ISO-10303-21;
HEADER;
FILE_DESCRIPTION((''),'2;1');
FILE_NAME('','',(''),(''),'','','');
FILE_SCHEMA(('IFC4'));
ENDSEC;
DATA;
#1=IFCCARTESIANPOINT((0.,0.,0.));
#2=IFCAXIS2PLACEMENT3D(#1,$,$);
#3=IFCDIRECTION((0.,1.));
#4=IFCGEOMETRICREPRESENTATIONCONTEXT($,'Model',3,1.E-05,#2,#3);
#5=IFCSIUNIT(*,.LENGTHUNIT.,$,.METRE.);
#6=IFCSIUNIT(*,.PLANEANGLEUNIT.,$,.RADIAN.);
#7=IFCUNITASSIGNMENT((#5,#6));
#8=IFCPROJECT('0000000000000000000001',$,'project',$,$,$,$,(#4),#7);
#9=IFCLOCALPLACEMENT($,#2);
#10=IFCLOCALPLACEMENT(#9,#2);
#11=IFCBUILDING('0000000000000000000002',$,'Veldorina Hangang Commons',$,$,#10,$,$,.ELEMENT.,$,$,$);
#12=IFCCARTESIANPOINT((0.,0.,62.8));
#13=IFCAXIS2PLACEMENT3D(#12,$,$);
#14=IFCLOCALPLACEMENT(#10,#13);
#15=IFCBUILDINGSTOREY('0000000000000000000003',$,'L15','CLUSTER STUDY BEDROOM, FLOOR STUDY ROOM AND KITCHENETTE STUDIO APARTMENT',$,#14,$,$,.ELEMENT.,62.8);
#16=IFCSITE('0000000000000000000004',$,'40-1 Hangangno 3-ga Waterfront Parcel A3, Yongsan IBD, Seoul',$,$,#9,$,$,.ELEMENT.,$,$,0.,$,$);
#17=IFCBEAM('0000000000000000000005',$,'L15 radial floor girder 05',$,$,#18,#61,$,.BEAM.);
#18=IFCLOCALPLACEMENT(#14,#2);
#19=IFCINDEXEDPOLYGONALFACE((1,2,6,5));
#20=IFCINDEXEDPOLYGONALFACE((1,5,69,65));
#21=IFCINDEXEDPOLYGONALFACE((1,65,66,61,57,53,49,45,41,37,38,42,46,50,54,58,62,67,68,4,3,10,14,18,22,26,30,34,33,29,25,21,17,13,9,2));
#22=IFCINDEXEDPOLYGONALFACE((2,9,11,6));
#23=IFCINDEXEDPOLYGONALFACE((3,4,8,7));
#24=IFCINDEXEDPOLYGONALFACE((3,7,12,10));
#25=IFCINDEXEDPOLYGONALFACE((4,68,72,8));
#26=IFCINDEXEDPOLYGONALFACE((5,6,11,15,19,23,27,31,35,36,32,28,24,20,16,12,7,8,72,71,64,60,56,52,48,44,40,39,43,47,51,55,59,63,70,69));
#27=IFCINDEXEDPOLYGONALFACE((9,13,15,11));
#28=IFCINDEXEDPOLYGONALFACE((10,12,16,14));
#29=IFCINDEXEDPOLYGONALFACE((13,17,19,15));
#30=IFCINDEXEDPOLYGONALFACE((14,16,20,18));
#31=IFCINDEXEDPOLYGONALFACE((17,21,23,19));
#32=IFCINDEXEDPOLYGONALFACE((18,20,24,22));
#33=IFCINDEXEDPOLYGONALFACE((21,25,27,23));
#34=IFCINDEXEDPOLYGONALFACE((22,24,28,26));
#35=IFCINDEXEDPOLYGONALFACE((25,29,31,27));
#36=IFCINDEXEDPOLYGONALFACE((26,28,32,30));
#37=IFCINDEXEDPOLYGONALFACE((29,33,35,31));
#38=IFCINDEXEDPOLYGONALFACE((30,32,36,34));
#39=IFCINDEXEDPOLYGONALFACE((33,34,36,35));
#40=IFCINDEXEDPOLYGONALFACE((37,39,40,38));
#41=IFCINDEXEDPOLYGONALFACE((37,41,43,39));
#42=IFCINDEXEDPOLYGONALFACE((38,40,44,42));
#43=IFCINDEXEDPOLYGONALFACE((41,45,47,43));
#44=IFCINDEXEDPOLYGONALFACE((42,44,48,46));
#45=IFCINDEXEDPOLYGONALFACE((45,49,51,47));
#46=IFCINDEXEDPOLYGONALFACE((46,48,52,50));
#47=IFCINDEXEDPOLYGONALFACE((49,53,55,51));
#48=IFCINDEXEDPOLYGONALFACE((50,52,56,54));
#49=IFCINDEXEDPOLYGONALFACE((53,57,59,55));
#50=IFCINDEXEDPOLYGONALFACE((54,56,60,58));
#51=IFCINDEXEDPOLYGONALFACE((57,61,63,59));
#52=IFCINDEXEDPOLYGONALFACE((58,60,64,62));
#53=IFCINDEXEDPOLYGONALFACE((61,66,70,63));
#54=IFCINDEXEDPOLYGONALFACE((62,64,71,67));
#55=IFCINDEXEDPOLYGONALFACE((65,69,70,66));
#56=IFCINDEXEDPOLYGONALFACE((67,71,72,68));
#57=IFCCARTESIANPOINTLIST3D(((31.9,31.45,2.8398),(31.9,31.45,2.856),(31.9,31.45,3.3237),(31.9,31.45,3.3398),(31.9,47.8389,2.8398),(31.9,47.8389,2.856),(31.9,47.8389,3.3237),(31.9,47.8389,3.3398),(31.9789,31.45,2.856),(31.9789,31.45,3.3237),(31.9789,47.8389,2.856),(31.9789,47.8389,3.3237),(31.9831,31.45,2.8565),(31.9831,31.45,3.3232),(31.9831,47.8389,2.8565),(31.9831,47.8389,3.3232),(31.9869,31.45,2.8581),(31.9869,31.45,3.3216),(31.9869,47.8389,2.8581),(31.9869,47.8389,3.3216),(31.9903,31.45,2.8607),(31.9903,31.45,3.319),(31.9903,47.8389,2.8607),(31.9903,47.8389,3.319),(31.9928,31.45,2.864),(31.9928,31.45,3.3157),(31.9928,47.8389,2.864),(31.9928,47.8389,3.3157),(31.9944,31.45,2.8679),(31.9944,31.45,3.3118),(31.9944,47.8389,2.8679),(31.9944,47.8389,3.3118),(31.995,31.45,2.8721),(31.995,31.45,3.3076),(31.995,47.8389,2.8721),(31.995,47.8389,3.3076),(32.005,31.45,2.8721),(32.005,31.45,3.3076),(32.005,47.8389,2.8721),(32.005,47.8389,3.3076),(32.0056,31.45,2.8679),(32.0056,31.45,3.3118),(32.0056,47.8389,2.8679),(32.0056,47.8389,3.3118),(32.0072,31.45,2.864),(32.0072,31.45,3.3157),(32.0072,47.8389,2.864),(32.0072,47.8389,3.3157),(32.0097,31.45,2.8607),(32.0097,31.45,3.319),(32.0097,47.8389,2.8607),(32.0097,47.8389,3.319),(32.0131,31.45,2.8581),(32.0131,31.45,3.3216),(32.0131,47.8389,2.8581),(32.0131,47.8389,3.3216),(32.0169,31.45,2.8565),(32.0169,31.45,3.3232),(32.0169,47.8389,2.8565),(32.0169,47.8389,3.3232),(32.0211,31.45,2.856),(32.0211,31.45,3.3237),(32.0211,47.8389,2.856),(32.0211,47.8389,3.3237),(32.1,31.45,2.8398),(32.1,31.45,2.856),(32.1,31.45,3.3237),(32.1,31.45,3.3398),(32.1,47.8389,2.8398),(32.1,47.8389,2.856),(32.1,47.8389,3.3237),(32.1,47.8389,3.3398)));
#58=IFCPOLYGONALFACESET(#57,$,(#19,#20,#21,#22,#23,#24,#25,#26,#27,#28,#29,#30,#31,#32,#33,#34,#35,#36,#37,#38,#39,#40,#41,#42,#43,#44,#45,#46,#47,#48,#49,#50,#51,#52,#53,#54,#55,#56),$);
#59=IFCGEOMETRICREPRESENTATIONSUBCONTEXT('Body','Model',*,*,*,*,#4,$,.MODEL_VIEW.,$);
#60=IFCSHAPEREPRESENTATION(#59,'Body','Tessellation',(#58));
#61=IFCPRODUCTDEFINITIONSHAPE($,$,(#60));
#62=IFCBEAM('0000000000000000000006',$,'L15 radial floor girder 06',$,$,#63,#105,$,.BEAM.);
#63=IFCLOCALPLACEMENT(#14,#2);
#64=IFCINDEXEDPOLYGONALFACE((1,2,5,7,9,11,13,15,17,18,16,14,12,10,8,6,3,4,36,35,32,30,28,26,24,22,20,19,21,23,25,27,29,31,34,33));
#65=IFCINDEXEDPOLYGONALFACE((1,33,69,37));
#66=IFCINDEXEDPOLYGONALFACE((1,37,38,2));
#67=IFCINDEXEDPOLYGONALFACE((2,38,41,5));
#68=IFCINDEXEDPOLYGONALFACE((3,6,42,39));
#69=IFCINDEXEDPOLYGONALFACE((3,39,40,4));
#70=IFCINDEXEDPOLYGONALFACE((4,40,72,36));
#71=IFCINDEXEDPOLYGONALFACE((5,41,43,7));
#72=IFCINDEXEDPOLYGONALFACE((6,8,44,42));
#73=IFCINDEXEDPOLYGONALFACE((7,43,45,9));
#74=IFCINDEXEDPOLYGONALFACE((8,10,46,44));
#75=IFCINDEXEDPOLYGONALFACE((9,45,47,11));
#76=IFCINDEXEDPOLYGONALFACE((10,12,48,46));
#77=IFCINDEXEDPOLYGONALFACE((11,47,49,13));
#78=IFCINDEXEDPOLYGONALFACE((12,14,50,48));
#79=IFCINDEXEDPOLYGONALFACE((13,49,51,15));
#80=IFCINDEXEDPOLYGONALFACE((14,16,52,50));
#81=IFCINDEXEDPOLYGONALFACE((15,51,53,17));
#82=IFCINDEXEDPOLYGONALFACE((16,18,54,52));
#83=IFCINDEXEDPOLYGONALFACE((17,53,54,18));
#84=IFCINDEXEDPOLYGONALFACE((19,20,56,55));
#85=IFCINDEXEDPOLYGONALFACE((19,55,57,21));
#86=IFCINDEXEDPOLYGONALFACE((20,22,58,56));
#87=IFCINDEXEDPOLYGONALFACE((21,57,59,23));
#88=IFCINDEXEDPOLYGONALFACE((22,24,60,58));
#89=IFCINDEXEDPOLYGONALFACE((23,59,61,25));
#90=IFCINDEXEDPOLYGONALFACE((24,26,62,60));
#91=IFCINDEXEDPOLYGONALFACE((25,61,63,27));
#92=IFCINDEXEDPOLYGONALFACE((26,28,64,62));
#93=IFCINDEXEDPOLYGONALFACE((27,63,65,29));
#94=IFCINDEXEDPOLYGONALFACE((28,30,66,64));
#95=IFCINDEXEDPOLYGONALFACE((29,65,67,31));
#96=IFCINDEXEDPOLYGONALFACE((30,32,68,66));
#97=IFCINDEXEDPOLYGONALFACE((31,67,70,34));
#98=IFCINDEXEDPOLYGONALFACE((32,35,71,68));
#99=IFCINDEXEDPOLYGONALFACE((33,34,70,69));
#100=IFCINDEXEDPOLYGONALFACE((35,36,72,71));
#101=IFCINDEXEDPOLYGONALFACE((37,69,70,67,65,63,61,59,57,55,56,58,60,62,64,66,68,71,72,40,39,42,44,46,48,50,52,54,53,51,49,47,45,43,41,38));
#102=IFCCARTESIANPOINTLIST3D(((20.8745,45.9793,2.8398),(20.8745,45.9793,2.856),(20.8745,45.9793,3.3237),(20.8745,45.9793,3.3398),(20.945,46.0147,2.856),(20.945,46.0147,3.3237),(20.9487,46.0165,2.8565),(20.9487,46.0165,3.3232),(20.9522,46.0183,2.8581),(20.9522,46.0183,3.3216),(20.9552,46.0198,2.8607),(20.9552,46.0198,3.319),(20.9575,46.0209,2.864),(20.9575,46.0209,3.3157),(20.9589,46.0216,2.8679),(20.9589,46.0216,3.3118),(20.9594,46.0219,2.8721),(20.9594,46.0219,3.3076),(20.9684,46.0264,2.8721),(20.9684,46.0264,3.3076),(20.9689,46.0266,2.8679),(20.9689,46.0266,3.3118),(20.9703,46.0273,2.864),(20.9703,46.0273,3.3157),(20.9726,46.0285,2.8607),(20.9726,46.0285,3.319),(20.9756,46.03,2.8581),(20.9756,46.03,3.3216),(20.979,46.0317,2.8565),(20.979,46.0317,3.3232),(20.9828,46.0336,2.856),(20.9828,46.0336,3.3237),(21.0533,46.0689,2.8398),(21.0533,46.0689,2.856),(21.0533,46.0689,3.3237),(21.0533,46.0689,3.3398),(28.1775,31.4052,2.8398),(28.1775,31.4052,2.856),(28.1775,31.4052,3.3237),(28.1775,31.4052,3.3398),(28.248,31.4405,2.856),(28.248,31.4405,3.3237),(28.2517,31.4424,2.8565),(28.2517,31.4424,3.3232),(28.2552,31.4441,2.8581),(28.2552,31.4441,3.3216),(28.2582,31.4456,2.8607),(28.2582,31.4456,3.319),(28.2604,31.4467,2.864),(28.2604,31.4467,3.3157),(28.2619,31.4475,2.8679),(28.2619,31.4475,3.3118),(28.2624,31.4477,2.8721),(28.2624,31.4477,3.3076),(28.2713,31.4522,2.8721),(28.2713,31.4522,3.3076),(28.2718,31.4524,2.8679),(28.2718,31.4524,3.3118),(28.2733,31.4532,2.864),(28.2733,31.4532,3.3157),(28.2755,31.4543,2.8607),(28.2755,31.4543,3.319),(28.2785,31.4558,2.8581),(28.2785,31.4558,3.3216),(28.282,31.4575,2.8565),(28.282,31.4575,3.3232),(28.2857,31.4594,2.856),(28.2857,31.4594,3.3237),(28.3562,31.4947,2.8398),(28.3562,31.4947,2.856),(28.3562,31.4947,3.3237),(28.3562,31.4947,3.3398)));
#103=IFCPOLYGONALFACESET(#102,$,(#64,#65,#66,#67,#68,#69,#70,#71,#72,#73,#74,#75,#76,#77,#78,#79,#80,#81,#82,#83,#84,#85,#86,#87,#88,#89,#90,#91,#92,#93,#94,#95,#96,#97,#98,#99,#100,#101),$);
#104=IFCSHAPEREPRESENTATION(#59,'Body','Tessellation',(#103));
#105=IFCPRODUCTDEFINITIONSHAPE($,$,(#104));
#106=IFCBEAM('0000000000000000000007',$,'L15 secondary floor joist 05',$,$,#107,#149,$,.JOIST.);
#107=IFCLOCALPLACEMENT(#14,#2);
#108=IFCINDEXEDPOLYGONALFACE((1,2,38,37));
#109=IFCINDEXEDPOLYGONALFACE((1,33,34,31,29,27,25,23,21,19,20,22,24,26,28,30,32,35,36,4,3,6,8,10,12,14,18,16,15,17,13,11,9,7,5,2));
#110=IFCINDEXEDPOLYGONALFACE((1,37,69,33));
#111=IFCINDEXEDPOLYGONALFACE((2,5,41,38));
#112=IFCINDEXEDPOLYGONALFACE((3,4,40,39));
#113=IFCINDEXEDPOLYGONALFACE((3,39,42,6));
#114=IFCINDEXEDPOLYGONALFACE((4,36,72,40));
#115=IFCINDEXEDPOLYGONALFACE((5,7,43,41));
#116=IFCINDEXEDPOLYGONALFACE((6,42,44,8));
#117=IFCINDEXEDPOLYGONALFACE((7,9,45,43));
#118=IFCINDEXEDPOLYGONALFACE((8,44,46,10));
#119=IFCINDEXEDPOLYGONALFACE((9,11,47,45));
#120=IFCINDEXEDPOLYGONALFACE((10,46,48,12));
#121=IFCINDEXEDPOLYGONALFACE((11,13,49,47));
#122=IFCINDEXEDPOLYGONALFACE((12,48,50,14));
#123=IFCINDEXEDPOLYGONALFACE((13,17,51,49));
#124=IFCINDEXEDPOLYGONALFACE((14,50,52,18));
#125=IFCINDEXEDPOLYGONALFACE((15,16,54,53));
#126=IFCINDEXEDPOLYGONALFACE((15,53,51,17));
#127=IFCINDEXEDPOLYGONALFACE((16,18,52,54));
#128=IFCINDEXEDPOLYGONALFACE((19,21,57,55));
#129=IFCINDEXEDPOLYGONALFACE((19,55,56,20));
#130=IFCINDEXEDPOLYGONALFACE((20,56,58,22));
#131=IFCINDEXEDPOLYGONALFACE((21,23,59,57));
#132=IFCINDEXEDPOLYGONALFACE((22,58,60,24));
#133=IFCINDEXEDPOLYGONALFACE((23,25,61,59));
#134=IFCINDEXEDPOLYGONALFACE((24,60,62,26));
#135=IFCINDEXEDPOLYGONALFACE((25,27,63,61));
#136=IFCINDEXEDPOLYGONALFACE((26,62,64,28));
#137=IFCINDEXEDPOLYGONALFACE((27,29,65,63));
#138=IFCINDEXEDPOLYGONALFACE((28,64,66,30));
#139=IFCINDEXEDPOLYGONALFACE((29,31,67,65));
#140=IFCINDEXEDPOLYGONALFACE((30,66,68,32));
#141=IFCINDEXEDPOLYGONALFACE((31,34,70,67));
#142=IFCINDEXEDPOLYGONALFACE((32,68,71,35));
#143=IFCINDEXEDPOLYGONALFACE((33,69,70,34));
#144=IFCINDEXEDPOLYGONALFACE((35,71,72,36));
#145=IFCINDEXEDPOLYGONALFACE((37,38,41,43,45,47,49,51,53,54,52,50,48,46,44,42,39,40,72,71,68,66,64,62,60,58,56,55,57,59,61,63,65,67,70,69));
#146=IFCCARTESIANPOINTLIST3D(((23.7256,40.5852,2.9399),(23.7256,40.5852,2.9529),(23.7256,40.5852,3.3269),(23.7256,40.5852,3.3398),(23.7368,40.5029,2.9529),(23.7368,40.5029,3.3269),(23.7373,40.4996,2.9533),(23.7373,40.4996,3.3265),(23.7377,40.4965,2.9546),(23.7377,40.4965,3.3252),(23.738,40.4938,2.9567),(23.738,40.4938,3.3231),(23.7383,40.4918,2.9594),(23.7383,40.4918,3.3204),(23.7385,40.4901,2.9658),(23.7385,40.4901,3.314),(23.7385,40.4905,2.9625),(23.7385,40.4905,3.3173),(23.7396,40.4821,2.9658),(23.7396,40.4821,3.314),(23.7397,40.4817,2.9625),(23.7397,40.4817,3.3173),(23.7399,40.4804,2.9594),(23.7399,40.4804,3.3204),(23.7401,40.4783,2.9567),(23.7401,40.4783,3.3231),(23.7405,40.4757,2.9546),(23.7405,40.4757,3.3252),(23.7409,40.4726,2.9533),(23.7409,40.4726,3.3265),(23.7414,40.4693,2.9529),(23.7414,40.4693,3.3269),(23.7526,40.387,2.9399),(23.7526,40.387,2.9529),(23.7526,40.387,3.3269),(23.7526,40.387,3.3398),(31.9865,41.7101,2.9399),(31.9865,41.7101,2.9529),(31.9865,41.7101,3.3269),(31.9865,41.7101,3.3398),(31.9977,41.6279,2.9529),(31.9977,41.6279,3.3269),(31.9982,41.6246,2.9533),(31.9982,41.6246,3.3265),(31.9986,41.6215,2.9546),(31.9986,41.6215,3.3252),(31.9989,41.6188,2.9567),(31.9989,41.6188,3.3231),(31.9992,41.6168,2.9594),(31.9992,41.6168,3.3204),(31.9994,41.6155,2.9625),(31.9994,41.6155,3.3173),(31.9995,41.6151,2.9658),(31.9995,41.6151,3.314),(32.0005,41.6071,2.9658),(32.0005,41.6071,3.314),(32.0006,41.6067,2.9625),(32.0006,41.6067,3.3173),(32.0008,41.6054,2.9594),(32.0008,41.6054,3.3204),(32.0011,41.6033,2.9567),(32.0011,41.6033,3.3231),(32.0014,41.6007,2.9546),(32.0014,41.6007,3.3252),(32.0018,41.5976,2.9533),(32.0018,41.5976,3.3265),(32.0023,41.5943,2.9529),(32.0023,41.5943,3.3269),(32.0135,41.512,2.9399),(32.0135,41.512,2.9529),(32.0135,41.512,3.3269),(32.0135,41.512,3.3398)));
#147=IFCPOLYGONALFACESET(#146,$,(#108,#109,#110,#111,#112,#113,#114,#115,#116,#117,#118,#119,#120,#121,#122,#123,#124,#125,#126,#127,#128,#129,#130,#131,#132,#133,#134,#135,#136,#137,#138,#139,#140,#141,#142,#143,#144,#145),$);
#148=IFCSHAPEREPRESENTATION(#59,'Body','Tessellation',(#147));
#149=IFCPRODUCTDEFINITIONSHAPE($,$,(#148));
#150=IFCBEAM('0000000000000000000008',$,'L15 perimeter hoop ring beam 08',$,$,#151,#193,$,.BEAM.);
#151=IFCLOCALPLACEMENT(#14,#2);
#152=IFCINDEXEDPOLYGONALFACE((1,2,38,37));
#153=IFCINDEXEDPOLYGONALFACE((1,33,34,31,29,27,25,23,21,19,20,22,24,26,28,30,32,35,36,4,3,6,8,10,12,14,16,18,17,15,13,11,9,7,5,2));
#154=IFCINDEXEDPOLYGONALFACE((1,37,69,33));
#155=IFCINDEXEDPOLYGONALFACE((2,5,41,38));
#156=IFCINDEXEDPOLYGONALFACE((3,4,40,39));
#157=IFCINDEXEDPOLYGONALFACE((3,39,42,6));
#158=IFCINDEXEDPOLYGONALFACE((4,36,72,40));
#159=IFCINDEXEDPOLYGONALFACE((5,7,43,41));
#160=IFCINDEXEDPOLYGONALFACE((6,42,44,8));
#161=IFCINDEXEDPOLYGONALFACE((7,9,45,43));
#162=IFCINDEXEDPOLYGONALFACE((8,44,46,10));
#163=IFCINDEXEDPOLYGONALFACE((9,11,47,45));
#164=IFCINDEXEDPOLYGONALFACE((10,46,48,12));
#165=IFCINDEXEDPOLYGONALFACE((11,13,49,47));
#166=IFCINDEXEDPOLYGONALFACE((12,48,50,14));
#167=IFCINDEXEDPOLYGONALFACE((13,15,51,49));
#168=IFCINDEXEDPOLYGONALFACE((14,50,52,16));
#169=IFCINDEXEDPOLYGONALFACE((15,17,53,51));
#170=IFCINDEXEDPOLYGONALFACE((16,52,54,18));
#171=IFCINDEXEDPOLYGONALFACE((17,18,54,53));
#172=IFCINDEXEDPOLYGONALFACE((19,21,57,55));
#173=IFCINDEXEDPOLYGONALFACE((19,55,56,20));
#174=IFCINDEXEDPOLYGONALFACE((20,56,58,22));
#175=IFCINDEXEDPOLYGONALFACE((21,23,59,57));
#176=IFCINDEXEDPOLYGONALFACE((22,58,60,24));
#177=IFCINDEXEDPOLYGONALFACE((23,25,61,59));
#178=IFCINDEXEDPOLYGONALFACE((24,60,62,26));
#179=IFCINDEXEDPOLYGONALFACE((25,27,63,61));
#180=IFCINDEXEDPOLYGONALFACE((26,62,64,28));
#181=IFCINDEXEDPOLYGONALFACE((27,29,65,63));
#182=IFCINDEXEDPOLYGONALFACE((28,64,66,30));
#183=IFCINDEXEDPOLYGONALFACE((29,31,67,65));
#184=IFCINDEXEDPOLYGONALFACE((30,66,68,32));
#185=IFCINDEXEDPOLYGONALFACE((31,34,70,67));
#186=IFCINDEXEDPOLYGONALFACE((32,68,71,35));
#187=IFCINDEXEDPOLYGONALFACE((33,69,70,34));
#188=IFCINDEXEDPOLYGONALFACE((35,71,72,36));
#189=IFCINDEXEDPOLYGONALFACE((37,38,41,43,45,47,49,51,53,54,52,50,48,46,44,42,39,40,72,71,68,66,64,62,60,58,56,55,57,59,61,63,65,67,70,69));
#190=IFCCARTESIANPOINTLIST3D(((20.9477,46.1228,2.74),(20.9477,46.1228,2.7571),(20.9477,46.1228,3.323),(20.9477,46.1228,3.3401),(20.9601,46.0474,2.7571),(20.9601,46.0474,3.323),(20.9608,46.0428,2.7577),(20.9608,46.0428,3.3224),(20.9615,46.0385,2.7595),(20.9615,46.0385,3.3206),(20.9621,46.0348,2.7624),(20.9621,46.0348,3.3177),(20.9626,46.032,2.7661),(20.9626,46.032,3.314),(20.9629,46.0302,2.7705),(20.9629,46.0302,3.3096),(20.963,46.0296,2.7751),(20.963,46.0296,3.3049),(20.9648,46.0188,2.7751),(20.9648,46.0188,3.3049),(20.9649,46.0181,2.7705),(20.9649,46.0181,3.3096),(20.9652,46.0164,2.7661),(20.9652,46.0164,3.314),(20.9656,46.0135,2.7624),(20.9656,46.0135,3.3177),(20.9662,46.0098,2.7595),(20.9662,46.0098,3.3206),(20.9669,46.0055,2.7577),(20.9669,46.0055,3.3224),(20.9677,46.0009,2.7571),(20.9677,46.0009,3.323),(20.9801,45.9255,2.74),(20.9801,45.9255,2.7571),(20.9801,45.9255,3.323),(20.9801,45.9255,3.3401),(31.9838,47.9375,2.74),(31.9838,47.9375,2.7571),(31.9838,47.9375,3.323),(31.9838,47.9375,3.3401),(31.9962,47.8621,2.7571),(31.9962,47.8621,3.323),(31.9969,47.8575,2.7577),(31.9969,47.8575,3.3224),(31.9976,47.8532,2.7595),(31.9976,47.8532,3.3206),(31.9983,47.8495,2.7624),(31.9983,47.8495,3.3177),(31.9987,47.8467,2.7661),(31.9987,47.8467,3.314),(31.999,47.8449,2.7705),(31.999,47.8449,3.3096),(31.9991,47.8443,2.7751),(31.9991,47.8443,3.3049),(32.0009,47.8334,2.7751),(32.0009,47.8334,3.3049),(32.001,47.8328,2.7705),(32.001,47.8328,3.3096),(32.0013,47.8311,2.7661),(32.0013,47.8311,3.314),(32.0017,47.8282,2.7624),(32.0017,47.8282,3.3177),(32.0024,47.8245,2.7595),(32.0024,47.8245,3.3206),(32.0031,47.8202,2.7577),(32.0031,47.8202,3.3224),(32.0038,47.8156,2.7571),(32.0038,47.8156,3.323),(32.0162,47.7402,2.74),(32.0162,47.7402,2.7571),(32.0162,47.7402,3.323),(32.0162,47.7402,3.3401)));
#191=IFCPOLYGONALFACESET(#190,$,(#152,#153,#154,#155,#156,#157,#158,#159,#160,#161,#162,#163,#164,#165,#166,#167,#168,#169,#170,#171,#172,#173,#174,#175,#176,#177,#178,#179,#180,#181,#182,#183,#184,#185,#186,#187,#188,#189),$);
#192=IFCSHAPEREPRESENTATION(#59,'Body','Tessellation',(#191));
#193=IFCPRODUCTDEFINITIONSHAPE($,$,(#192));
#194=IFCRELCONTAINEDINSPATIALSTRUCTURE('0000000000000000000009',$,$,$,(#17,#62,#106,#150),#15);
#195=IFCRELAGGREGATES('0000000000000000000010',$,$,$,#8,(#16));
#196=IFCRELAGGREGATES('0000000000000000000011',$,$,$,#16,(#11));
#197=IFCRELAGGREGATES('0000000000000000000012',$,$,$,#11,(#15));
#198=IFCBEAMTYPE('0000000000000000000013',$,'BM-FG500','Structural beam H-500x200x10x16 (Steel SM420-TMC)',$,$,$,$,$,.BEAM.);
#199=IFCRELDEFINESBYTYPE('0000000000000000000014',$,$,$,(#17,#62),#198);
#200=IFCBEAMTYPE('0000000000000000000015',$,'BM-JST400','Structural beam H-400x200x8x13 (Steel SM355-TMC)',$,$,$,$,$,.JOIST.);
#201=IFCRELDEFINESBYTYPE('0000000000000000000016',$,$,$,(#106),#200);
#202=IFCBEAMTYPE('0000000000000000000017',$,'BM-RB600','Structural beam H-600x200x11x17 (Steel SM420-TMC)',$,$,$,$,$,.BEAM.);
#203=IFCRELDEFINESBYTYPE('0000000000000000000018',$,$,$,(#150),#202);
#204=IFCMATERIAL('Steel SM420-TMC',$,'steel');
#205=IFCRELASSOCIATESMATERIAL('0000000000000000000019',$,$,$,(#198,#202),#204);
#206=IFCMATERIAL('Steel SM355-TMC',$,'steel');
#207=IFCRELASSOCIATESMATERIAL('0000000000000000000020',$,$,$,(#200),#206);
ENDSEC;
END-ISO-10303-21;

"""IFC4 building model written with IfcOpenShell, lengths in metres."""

from ifc_helpers import new_model, si_unit, direction, frame, origin, origin_2d, place, context, subcontext, project, spatial, i_section, extrude, material, material_profile, profile_set, type_object, element, save


model = new_model("IFC4")

# Units and contexts
model_context = context("Model", 3, precision=1e-05, world=origin(), true_north=direction((0.0, 1.0)))
body_context = subcontext(model_context, "Body", "Model", "MODEL_VIEW")
ifc_project = project(units=[si_unit("LENGTHUNIT", "METRE"), si_unit("PLANEANGLEUNIT", "RADIAN")], contexts=[model_context])

# Site, building, storey
site_placement = place(None, origin())
site = spatial("IfcSite", under=ifc_project, at=site_placement, Name="40-1 Hangangno 3-ga Waterfront Parcel A3, Yongsan IBD, Seoul", CompositionType="ELEMENT", RefElevation=0.0)
building_placement = place(site_placement, origin())
building = spatial("IfcBuilding", under=site, at=building_placement, Name="Veldorina Hangang Commons", CompositionType="ELEMENT")
storey_placement = place(building_placement, frame((0.0, 0.0, 62.8)))
storey = spatial("IfcBuildingStorey", under=building, at=storey_placement, Name="L15", Description="CLUSTER STUDY BEDROOM, FLOOR STUDY ROOM AND KITCHENETTE STUDIO APARTMENT", CompositionType="ELEMENT", Elevation=62.8)

# Beams
ifc_material_1 = material(Name="Steel SM420-TMC", Category="steel")
ifc_material_profile_1 = material_profile(ifc_material_1, i_section(OverallWidth=0.2, OverallDepth=0.5, WebThickness=0.01, FlangeThickness=0.0161, FilletRadius=0.0161, at=origin_2d()), Name="H-500x200x10x16")
ifc_profile_set_1 = profile_set([ifc_material_profile_1], Name="Steel SM420-TMC")
beam_type_1 = type_object("IfcBeamType", Name="BM-FG500", Description="Structural beam H-500x200x10x16 (Steel SM420-TMC)", PredefinedType="BEAM", material=ifc_profile_set_1)
beam_1_placement = place(storey_placement, frame((32.0, 31.45, 3.0898), z_axis=(0.0, 1.0, 0.0), x_axis=(-1.0, 0.0, 0.0)))
element("IfcBeam", 1, at=beam_1_placement, inside=storey, type_object=beam_type_1, Name="L15 radial floor girder 05", PredefinedType="BEAM", context=body_context, shape_type="SweptSolid", body=[
    extrude(i_section(OverallWidth=0.2, OverallDepth=0.5, WebThickness=0.01, FlangeThickness=0.0161, FilletRadius=0.0161, at=origin_2d()), origin(), (0.0, 0.0, 1.0), 16.3889),
])
beam_2_placement = place(storey_placement, frame((28.2668, 31.45, 3.0898), z_axis=(-0.447992, 0.894037, 0.0), x_axis=(-0.894037, -0.447992, 0.0)))
element("IfcBeam", 2, at=beam_2_placement, inside=storey, type_object=beam_type_1, Name="L15 radial floor girder 06", PredefinedType="BEAM", context=body_context, shape_type="SweptSolid", body=[
    extrude(i_section(OverallWidth=0.2, OverallDepth=0.5, WebThickness=0.01, FlangeThickness=0.0161, FilletRadius=0.0161, at=origin_2d()), origin(), (0.0, 0.0, 1.0), 16.3015),
])
ifc_material_2 = material(Name="Steel SM355-TMC", Category="steel")
ifc_material_profile_2 = material_profile(ifc_material_2, i_section(OverallWidth=0.2, OverallDepth=0.3999, WebThickness=0.0081, FlangeThickness=0.0129, FilletRadius=0.0129, at=origin_2d()), Name="H-400x200x8x13")
ifc_profile_set_2 = profile_set([ifc_material_profile_2], Name="Steel SM355-TMC")
beam_type_2 = type_object("IfcBeamType", Name="BM-JST400", Description="Structural beam H-400x200x8x13 (Steel SM355-TMC)", PredefinedType="JOIST", material=ifc_profile_set_2)
beam_3_placement = place(storey_placement, frame((32.0, 41.6111, 3.1399), z_axis=(-0.990854, -0.134937, 0.0), x_axis=(0.134937, -0.990854, 0.0)))
element("IfcBeam", 3, at=beam_3_placement, inside=storey, type_object=beam_type_2, Name="L15 secondary floor joist 05", PredefinedType="JOIST", context=body_context, shape_type="SweptSolid", body=[
    extrude(i_section(OverallWidth=0.2, OverallDepth=0.3999, WebThickness=0.0081, FlangeThickness=0.0129, FilletRadius=0.0129, at=origin_2d()), origin(), (0.0, 0.0, 1.0), 8.3372),
])
ifc_material_profile_3 = material_profile(ifc_material_1, i_section(OverallWidth=0.2, OverallDepth=0.6001, WebThickness=0.011, FlangeThickness=0.0171, FilletRadius=0.0181, at=origin_2d()), Name="H-600x200x11x17")
ifc_profile_set_3 = profile_set([ifc_material_profile_3], Name="Steel SM420-TMC")
beam_type_3 = type_object("IfcBeamType", Name="BM-RB600", Description="Structural beam H-600x200x11x17 (Steel SM420-TMC)", PredefinedType="BEAM", material=ifc_profile_set_3)
beam_4_placement = place(storey_placement, frame((32.0, 47.8389, 3.04), z_axis=(-0.986749, -0.162253, 0.0), x_axis=(0.162253, -0.986749, 0.0)))
element("IfcBeam", 4, at=beam_4_placement, inside=storey, type_object=beam_type_3, Name="L15 perimeter hoop ring beam 08", PredefinedType="BEAM", context=body_context, shape_type="SweptSolid", body=[
    extrude(i_section(OverallWidth=0.2, OverallDepth=0.6001, WebThickness=0.011, FlangeThickness=0.0171, FilletRadius=0.0181, at=origin_2d()), origin(), (0.0, 0.0, 1.0), 11.1843),
])

save(model, "model.ifc")
